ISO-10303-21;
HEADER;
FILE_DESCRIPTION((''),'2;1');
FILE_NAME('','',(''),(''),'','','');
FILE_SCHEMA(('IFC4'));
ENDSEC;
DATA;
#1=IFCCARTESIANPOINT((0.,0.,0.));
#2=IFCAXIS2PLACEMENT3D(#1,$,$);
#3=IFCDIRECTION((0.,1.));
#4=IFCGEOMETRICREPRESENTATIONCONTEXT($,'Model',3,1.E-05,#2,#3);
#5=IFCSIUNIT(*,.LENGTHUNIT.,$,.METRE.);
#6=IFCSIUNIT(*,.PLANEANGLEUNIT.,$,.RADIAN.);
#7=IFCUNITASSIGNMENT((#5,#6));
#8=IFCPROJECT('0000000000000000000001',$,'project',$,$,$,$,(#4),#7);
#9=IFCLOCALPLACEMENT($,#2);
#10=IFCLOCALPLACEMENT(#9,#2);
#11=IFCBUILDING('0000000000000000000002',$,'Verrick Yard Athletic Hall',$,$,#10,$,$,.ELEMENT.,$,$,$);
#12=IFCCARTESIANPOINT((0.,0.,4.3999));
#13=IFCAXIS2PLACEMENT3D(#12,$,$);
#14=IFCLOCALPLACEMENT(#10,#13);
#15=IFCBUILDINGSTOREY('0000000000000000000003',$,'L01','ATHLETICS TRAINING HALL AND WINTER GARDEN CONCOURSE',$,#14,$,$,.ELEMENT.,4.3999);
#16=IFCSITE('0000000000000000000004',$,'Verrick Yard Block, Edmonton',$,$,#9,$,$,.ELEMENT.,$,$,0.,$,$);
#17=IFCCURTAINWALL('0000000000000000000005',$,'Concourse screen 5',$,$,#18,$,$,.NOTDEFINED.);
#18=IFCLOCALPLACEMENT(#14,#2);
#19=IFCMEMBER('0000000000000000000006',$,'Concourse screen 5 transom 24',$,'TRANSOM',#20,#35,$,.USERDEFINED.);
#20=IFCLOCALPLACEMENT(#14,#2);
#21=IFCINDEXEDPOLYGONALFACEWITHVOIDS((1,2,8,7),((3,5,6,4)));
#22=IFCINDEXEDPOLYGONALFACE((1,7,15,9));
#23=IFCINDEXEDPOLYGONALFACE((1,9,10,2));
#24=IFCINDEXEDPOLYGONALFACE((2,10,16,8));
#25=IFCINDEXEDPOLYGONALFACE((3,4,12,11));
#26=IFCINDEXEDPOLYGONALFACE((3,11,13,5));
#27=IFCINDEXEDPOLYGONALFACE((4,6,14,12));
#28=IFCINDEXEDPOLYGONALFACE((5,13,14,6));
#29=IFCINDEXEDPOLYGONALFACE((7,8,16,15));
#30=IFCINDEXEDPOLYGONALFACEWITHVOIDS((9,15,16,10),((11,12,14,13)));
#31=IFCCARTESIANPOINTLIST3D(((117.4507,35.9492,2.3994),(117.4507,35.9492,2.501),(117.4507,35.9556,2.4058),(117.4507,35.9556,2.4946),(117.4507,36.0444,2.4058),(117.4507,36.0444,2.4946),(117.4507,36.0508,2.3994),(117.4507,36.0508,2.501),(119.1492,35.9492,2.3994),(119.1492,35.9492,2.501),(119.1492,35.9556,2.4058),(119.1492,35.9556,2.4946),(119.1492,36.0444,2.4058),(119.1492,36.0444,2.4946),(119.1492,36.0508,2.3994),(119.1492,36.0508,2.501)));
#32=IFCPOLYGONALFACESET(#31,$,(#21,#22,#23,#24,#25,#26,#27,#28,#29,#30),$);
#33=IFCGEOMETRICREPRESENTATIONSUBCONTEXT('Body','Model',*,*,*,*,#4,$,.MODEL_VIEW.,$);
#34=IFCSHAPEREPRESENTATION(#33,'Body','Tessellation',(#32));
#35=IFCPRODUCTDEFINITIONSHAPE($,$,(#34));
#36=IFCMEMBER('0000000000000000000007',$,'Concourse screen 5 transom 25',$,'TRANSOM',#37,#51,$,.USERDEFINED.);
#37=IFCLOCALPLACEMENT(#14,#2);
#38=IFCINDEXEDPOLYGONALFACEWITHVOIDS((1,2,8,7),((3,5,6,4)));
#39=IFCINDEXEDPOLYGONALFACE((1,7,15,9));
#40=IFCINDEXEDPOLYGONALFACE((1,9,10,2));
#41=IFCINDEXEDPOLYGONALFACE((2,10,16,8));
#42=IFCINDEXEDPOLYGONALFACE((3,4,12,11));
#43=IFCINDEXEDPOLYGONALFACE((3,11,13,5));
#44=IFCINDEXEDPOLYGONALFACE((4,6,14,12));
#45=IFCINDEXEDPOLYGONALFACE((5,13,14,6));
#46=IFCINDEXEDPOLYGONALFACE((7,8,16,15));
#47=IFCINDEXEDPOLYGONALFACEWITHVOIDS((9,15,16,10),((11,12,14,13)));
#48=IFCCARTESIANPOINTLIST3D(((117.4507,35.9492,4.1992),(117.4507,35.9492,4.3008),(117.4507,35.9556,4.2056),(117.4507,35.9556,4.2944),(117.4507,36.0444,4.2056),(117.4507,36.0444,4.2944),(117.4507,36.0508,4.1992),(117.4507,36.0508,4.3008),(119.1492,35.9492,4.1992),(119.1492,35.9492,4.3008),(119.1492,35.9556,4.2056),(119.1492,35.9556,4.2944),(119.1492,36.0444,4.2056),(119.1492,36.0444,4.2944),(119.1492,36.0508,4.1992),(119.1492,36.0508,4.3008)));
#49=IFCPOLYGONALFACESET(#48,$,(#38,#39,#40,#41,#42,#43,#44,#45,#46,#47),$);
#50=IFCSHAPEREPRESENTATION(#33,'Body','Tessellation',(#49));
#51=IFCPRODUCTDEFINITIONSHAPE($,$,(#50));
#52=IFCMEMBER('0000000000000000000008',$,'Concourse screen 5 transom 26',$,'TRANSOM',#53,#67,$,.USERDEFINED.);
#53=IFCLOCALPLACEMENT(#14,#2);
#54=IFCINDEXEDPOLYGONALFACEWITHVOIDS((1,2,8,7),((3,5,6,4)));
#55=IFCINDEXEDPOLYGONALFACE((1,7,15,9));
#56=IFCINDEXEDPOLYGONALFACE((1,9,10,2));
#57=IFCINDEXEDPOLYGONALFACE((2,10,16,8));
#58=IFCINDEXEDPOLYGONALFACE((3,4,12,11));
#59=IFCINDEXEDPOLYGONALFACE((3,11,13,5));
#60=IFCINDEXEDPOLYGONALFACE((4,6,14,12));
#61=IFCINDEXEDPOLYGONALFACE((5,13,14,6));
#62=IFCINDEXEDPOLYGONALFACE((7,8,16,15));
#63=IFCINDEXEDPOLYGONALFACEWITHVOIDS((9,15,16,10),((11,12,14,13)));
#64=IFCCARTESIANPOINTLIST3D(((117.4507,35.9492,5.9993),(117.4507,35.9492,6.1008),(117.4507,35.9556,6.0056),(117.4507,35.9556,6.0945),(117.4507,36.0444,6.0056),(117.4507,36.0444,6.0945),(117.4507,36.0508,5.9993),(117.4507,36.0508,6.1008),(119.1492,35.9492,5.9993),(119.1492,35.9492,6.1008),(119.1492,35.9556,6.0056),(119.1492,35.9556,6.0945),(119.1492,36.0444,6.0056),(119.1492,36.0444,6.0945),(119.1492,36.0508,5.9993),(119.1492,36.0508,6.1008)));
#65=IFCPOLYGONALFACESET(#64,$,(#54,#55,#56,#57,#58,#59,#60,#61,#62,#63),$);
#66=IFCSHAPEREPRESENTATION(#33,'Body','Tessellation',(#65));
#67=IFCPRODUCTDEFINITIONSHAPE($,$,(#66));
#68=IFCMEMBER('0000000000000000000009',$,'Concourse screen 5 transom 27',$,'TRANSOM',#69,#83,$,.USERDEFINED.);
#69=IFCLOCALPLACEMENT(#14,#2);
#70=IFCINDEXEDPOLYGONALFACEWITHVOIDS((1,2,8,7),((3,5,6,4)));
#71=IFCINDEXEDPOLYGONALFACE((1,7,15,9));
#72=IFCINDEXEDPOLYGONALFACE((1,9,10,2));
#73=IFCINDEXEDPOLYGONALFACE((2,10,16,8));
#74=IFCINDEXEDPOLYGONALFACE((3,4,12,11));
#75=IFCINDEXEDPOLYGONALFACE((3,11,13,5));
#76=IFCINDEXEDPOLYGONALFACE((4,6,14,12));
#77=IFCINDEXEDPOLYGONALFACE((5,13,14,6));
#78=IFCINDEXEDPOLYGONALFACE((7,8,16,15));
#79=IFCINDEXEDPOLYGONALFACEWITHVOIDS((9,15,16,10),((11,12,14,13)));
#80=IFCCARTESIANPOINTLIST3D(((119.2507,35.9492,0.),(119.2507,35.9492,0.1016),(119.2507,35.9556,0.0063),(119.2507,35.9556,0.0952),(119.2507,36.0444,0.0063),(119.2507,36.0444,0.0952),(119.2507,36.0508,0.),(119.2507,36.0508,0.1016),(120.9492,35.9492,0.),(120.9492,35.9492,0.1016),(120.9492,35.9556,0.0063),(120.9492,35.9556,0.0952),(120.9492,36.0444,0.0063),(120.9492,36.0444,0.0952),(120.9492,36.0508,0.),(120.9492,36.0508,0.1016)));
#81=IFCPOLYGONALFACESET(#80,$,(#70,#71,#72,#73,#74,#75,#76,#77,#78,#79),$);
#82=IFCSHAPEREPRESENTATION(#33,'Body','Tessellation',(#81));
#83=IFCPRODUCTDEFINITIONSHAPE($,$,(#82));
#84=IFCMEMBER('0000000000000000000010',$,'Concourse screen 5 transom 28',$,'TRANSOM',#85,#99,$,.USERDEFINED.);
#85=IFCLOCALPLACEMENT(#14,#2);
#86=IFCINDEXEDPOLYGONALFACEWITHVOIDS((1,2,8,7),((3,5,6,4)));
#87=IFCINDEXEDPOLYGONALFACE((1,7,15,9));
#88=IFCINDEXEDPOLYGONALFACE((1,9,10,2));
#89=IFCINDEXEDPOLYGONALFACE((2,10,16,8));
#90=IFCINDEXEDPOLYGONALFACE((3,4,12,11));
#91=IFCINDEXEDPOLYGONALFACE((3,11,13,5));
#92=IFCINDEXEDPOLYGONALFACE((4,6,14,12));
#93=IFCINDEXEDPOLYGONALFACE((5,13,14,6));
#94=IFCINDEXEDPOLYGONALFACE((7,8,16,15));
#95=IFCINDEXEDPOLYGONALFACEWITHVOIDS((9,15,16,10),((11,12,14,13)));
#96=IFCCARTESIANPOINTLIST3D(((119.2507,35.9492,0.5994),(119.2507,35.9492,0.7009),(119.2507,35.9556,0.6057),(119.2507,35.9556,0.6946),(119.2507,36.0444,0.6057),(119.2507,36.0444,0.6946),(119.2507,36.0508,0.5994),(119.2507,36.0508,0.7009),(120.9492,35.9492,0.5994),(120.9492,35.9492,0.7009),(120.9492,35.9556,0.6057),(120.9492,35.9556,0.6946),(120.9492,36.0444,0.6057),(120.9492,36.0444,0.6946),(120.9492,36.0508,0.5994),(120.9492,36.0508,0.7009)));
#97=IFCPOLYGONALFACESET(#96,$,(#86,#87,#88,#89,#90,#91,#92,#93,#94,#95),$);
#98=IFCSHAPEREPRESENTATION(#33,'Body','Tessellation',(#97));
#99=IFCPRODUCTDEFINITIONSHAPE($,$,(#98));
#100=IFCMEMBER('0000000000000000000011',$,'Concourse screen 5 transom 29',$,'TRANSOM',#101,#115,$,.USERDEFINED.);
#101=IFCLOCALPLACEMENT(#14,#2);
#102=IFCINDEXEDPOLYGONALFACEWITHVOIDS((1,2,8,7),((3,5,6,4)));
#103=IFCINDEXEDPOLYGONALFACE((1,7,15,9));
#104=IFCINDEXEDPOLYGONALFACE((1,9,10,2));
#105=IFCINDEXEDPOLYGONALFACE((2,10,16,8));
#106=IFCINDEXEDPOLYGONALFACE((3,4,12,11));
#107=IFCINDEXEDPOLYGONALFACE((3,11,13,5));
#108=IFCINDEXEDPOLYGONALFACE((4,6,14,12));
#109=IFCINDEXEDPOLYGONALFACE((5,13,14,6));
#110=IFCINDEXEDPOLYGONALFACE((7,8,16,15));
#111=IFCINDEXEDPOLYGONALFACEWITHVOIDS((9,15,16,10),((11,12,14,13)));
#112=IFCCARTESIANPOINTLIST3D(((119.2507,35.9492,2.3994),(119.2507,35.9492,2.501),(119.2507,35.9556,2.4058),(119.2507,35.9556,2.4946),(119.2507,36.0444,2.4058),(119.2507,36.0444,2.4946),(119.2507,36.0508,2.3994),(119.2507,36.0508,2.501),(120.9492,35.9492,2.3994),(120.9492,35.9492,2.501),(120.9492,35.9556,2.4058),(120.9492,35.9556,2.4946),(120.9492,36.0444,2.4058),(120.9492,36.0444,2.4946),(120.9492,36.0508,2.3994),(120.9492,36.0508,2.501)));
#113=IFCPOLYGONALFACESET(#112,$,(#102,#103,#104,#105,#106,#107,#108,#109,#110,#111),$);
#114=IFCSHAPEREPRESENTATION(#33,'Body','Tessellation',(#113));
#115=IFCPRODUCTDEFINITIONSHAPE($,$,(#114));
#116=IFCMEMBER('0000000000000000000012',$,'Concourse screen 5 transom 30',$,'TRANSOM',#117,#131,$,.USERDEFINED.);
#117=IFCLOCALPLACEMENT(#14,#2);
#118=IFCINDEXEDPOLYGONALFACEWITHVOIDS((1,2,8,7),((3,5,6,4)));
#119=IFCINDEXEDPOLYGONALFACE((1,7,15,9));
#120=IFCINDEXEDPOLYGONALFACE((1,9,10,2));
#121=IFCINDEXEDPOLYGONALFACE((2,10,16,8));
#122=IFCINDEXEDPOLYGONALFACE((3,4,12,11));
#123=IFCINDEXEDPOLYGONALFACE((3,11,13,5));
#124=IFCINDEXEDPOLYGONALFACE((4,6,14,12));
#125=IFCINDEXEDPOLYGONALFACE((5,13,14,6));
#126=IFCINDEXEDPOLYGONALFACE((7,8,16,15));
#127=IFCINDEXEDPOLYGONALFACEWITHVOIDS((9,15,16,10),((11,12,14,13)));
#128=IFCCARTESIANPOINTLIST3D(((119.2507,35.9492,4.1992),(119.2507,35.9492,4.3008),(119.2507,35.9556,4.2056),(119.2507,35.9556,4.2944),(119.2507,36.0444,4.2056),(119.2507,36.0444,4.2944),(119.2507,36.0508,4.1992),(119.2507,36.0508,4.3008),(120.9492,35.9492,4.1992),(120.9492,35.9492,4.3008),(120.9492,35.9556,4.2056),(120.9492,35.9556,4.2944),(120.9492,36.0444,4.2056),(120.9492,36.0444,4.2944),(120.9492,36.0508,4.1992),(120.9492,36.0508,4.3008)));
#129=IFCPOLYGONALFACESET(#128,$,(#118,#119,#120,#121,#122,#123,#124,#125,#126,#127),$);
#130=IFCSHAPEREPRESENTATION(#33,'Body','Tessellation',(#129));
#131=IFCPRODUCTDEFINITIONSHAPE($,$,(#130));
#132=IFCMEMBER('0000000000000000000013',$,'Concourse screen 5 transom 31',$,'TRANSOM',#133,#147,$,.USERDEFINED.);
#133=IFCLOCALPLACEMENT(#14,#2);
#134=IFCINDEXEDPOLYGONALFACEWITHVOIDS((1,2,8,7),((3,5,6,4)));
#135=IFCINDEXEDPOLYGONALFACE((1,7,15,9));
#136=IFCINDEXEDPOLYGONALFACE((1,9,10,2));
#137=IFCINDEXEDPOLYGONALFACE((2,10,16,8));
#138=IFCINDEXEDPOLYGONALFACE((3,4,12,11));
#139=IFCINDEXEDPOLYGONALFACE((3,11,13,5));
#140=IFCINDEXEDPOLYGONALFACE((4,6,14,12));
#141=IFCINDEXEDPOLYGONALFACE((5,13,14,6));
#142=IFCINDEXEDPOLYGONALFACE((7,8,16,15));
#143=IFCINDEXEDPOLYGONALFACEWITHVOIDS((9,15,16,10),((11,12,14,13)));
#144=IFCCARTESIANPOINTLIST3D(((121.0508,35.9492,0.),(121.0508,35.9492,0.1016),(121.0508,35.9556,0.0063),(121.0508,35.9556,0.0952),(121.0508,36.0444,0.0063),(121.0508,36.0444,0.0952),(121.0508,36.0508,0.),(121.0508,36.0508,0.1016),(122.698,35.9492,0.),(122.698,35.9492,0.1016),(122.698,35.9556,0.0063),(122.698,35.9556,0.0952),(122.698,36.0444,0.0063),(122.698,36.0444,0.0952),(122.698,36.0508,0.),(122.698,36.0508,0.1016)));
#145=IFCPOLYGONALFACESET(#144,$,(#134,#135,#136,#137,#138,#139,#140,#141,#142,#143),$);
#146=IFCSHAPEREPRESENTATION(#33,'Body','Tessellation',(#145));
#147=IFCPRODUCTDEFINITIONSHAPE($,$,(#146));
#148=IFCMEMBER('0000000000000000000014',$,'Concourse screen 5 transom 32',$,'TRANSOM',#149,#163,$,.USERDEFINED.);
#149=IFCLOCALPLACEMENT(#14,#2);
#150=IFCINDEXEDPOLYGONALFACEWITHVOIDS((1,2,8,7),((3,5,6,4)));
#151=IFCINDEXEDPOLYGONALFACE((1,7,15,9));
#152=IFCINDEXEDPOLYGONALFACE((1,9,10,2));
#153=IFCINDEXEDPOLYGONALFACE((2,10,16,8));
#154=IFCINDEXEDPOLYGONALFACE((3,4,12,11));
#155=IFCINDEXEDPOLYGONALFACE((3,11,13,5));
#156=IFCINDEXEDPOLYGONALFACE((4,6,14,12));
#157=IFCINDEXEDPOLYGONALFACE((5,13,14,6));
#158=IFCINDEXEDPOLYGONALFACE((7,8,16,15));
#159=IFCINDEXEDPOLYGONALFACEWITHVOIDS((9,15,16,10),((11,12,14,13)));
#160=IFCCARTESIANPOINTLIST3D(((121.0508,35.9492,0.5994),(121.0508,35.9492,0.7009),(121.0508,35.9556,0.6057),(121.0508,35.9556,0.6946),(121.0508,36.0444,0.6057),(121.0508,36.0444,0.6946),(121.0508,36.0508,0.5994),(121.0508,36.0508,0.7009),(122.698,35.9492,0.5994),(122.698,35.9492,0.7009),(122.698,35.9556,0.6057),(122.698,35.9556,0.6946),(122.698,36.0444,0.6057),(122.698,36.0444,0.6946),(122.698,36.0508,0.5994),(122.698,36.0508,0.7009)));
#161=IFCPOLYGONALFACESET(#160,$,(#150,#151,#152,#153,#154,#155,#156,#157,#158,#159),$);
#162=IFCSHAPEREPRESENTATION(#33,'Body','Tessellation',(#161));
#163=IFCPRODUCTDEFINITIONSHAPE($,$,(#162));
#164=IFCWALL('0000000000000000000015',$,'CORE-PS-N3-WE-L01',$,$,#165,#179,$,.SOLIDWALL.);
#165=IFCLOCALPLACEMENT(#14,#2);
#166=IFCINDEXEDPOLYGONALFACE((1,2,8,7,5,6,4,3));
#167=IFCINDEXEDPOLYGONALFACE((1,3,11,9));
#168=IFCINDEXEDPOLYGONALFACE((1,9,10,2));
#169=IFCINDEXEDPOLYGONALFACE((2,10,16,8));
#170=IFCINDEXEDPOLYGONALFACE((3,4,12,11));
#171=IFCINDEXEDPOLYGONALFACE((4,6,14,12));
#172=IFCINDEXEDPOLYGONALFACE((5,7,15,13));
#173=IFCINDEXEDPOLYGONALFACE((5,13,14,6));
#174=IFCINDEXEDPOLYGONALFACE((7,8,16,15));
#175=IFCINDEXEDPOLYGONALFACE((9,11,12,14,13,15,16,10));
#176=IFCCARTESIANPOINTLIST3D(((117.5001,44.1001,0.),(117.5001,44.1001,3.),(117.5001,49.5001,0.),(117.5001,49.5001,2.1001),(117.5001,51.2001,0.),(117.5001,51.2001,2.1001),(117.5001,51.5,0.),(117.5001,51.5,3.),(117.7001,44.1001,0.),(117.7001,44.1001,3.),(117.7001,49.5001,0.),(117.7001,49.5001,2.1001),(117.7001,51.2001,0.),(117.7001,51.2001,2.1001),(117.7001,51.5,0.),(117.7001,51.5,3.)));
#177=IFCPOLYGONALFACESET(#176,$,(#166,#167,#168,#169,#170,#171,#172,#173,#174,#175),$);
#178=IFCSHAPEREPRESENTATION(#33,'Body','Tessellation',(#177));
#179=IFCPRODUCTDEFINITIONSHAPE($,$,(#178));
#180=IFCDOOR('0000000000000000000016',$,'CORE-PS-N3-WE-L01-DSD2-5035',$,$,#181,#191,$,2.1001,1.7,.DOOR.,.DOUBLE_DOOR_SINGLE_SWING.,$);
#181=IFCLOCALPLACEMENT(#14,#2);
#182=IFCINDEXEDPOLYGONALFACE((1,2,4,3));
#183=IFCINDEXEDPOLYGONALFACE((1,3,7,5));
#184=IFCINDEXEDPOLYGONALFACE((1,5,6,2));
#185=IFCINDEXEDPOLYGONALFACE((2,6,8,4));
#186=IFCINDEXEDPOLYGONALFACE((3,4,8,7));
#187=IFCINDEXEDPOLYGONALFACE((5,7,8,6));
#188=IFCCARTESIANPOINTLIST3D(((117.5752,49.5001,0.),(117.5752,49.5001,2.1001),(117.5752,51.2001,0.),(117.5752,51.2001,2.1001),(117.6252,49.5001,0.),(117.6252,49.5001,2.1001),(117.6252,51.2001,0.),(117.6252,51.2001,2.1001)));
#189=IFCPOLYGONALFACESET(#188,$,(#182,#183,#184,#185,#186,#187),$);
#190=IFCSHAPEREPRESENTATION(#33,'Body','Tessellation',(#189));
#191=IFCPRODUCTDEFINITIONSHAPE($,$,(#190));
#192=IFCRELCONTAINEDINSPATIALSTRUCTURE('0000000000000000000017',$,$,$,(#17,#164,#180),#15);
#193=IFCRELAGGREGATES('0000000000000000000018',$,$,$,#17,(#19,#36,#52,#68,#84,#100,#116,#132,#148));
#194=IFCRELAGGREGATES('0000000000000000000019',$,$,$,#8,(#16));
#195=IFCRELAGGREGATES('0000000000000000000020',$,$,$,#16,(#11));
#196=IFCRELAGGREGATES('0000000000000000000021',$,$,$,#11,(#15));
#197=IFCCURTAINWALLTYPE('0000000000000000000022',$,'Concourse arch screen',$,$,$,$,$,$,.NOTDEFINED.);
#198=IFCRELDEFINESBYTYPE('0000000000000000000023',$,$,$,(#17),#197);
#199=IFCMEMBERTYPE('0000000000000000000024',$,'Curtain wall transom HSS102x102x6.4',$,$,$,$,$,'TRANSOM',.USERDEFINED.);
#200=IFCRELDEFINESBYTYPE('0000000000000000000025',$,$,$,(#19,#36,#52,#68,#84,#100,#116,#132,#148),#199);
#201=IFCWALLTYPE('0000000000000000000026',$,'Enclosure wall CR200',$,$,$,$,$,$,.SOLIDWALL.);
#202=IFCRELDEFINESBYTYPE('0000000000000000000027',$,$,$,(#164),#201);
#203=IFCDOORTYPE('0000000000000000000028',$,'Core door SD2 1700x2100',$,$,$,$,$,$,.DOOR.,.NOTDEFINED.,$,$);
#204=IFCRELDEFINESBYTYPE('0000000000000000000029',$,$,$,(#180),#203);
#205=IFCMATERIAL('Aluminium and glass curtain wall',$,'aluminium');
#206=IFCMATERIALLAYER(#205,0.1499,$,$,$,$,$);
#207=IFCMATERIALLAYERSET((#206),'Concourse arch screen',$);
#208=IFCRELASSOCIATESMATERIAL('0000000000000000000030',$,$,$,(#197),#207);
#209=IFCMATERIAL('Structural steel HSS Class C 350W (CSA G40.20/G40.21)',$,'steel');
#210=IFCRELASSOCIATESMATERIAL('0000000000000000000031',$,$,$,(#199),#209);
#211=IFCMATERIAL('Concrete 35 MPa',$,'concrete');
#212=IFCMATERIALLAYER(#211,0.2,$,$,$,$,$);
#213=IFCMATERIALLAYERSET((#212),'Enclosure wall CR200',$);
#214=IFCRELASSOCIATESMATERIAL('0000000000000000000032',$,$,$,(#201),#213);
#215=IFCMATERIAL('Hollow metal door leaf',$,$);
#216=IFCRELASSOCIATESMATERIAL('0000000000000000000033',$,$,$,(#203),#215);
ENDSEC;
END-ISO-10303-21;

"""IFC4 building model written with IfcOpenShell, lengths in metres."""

from ifc_helpers import new_model, si_unit, direction, frame, frame_2d, origin, origin_2d, place, context, subcontext, project, spatial, rectangle, hollow_rectangle, extrude, material, layer, layer_set, material_profile, profile_set, type_object, element, fill, aggregate, save


model = new_model("IFC4")

# Units and contexts
model_context = context("Model", 3, precision=1e-05, world=origin(), true_north=direction((0.0, 1.0)))
body_context = subcontext(model_context, "Body", "Model", "MODEL_VIEW")
ifc_project = project(units=[si_unit("LENGTHUNIT", "METRE"), si_unit("PLANEANGLEUNIT", "RADIAN")], contexts=[model_context])

# Site, building, storey
site_placement = place(None, origin())
site = spatial("IfcSite", under=ifc_project, at=site_placement, Name="Verrick Yard Block, Edmonton", CompositionType="ELEMENT", RefElevation=0.0)
building_placement = place(site_placement, origin())
building = spatial("IfcBuilding", under=site, at=building_placement, Name="Verrick Yard Athletic Hall", CompositionType="ELEMENT")
storey_placement = place(building_placement, frame((0.0, 0.0, 4.3999)))
storey = spatial("IfcBuildingStorey", under=building, at=storey_placement, Name="L01", Description="ATHLETICS TRAINING HALL AND WINTER GARDEN CONCOURSE", CompositionType="ELEMENT", Elevation=4.3999)

# Shared definitions
ifc_material_1 = material(Name="Concrete 35 MPa", Category="concrete")

# Curtain wall, members
ifc_material_2 = material(Name="Aluminium and glass curtain wall", Category="aluminium")
ifc_layer_1 = layer(ifc_material_2, 0.1499)
ifc_layer_set_1 = layer_set([ifc_layer_1], Name="Concourse arch screen")
curtain_wall_type = type_object("IfcCurtainWallType", Name="Concourse arch screen", PredefinedType="NOTDEFINED", material=ifc_layer_set_1)
curtain_wall_1_placement = place(storey_placement, origin())
curtain_wall_1 = element("IfcCurtainWall", 1, at=curtain_wall_1_placement, inside=storey, type_object=curtain_wall_type, Name="Concourse screen 5", PredefinedType="NOTDEFINED")
ifc_material_3 = material(Name="Structural steel HSS Class C 350W (CSA G40.20/G40.21)", Category="steel")
ifc_material_profile_1 = material_profile(ifc_material_3, hollow_rectangle(XDim=0.1016, YDim=0.1016, WallThickness=0.0063, at=origin_2d()), Name="HSS102x102x6.4")
ifc_profile_set_1 = profile_set([ifc_material_profile_1], Name="Structural steel HSS Class C 350W (CSA G40.20/G40.21)")
member_type_1 = type_object("IfcMemberType", Name="Curtain wall transom HSS102x102x6.4", ElementType="TRANSOM", PredefinedType="USERDEFINED", material=ifc_profile_set_1)
member_1_placement = place(storey_placement, frame((117.4507, 36.0, 2.4502), z_axis=(1.0, 0.0, 0.0), x_axis=(0.0, 1.0, 0.0)))
member_1 = element("IfcMember", 2, at=member_1_placement, type_object=member_type_1, Name="Concourse screen 5 transom 24", ObjectType="TRANSOM", PredefinedType="USERDEFINED", context=body_context, shape_type="SweptSolid", body=[
    extrude(hollow_rectangle(XDim=0.1016, YDim=0.1016, WallThickness=0.0063, at=origin_2d()), origin(), (0.0, 0.0, 1.0), 1.6985),
])
member_2_placement = place(storey_placement, frame((117.4507, 36.0, 4.25), z_axis=(1.0, 0.0, 0.0), x_axis=(0.0, 1.0, 0.0)))
member_2 = element("IfcMember", 3, at=member_2_placement, type_object=member_type_1, Name="Concourse screen 5 transom 25", ObjectType="TRANSOM", PredefinedType="USERDEFINED", context=body_context, shape_type="SweptSolid", body=[
    extrude(hollow_rectangle(XDim=0.1016, YDim=0.1016, WallThickness=0.0063, at=origin_2d()), origin(), (0.0, 0.0, 1.0), 1.6985),
])
member_3_placement = place(storey_placement, frame((117.4507, 36.0, 6.05), z_axis=(1.0, 0.0, 0.0), x_axis=(0.0, 1.0, 0.0)))
member_3 = element("IfcMember", 4, at=member_3_placement, type_object=member_type_1, Name="Concourse screen 5 transom 26", ObjectType="TRANSOM", PredefinedType="USERDEFINED", context=body_context, shape_type="SweptSolid", body=[
    extrude(hollow_rectangle(XDim=0.1016, YDim=0.1016, WallThickness=0.0063, at=origin_2d()), origin(), (0.0, 0.0, 1.0), 1.6985),
])
member_4_placement = place(storey_placement, frame((119.2507, 36.0, 0.0508), z_axis=(1.0, 0.0, 0.0), x_axis=(0.0, 1.0, 0.0)))
member_4 = element("IfcMember", 5, at=member_4_placement, type_object=member_type_1, Name="Concourse screen 5 transom 27", ObjectType="TRANSOM", PredefinedType="USERDEFINED", context=body_context, shape_type="SweptSolid", body=[
    extrude(hollow_rectangle(XDim=0.1016, YDim=0.1016, WallThickness=0.0063, at=origin_2d()), origin(), (0.0, 0.0, 1.0), 1.6985),
])
member_5_placement = place(storey_placement, frame((119.2507, 36.0, 0.6501), z_axis=(1.0, 0.0, 0.0), x_axis=(0.0, 1.0, 0.0)))
member_5 = element("IfcMember", 6, at=member_5_placement, type_object=member_type_1, Name="Concourse screen 5 transom 28", ObjectType="TRANSOM", PredefinedType="USERDEFINED", context=body_context, shape_type="SweptSolid", body=[
    extrude(hollow_rectangle(XDim=0.1016, YDim=0.1016, WallThickness=0.0063, at=origin_2d()), origin(), (0.0, 0.0, 1.0), 1.6985),
])
member_6_placement = place(storey_placement, frame((119.2507, 36.0, 2.4502), z_axis=(1.0, 0.0, 0.0), x_axis=(0.0, 1.0, 0.0)))
member_6 = element("IfcMember", 7, at=member_6_placement, type_object=member_type_1, Name="Concourse screen 5 transom 29", ObjectType="TRANSOM", PredefinedType="USERDEFINED", context=body_context, shape_type="SweptSolid", body=[
    extrude(hollow_rectangle(XDim=0.1016, YDim=0.1016, WallThickness=0.0063, at=origin_2d()), origin(), (0.0, 0.0, 1.0), 1.6985),
])
member_7_placement = place(storey_placement, frame((119.2507, 36.0, 4.25), z_axis=(1.0, 0.0, 0.0), x_axis=(0.0, 1.0, 0.0)))
member_7 = element("IfcMember", 8, at=member_7_placement, type_object=member_type_1, Name="Concourse screen 5 transom 30", ObjectType="TRANSOM", PredefinedType="USERDEFINED", context=body_context, shape_type="SweptSolid", body=[
    extrude(hollow_rectangle(XDim=0.1016, YDim=0.1016, WallThickness=0.0063, at=origin_2d()), origin(), (0.0, 0.0, 1.0), 1.6985),
])
member_8_placement = place(storey_placement, frame((121.0508, 36.0, 0.0508), z_axis=(1.0, 0.0, 0.0), x_axis=(0.0, 1.0, 0.0)))
member_8 = element("IfcMember", 9, at=member_8_placement, type_object=member_type_1, Name="Concourse screen 5 transom 31", ObjectType="TRANSOM", PredefinedType="USERDEFINED", context=body_context, shape_type="SweptSolid", body=[
    extrude(hollow_rectangle(XDim=0.1016, YDim=0.1016, WallThickness=0.0063, at=origin_2d()), origin(), (0.0, 0.0, 1.0), 1.6472),
])
member_9_placement = place(storey_placement, frame((121.0508, 36.0, 0.6501), z_axis=(1.0, 0.0, 0.0), x_axis=(0.0, 1.0, 0.0)))
member_9 = element("IfcMember", 10, at=member_9_placement, type_object=member_type_1, Name="Concourse screen 5 transom 32", ObjectType="TRANSOM", PredefinedType="USERDEFINED", context=body_context, shape_type="SweptSolid", body=[
    extrude(hollow_rectangle(XDim=0.1016, YDim=0.1016, WallThickness=0.0063, at=origin_2d()), origin(), (0.0, 0.0, 1.0), 1.6472),
])
aggregate(curtain_wall_1, [member_1, member_2, member_3, member_4, member_5, member_6, member_7, member_8, member_9])

# Wall, opening, door
ifc_layer_2 = layer(ifc_material_1, 0.2)
ifc_layer_set_2 = layer_set([ifc_layer_2], Name="Enclosure wall CR200")
wall_type = type_object("IfcWallType", Name="Enclosure wall CR200", PredefinedType="SOLIDWALL", material=ifc_layer_set_2)
wall_placement = place(storey_placement, frame((117.6001, 44.1001, 0.0), z_axis=(0.0, 0.0, 1.0), x_axis=(0.0, 1.0, 0.0)))
wall = element("IfcWall", 11, at=wall_placement, inside=storey, type_object=wall_type, Name="CORE-PS-N3-WE-L01", PredefinedType="SOLIDWALL", context=body_context, shape_type="SweptSolid", body=[
    extrude(rectangle(XDim=7.3999, YDim=0.2, at=frame_2d((3.7, 0.0))), origin(), (0.0, 0.0, 1.0), 3.0),
])
opening_placement = place(wall_placement, frame((5.3999, 0.0, 0.0)))
opening = element("IfcOpeningElement", 12, at=opening_placement, cuts=wall, PredefinedType="OPENING", context=body_context, shape_type="SweptSolid", body=[
    extrude(rectangle(XDim=1.7, YDim=2.1001, at=frame_2d((0.8501, 1.05))), frame((0.0, 0.1099, 0.0), z_axis=(0.0, -1.0, 0.0), x_axis=(1.0, 0.0, 0.0)), (0.0, 0.0, 1.0), 0.22),
])
ifc_material_4 = material(Name="Hollow metal door leaf")
door_type = type_object("IfcDoorType", Name="Core door SD2 1700x2100", OperationType="NOTDEFINED", PredefinedType="DOOR", material=ifc_material_4)
door_placement = place(opening_placement, origin())
door = element("IfcDoor", 13, at=door_placement, inside=storey, type_object=door_type, Name="CORE-PS-N3-WE-L01-DSD2-5035", OperationType="DOUBLE_DOOR_SINGLE_SWING", OverallHeight=2.1001, OverallWidth=1.7, PredefinedType="DOOR", context=body_context, shape_type="SweptSolid", body=[
    extrude(rectangle(XDim=1.7, YDim=2.1001, at=frame_2d((0.8501, 1.05))), frame((0.0, 0.0249, 0.0), z_axis=(0.0, -1.0, 0.0), x_axis=(1.0, 0.0, 0.0)), (0.0, 0.0, 1.0), 0.05),
])
fill(opening, door)

save(model, "model.ifc")
